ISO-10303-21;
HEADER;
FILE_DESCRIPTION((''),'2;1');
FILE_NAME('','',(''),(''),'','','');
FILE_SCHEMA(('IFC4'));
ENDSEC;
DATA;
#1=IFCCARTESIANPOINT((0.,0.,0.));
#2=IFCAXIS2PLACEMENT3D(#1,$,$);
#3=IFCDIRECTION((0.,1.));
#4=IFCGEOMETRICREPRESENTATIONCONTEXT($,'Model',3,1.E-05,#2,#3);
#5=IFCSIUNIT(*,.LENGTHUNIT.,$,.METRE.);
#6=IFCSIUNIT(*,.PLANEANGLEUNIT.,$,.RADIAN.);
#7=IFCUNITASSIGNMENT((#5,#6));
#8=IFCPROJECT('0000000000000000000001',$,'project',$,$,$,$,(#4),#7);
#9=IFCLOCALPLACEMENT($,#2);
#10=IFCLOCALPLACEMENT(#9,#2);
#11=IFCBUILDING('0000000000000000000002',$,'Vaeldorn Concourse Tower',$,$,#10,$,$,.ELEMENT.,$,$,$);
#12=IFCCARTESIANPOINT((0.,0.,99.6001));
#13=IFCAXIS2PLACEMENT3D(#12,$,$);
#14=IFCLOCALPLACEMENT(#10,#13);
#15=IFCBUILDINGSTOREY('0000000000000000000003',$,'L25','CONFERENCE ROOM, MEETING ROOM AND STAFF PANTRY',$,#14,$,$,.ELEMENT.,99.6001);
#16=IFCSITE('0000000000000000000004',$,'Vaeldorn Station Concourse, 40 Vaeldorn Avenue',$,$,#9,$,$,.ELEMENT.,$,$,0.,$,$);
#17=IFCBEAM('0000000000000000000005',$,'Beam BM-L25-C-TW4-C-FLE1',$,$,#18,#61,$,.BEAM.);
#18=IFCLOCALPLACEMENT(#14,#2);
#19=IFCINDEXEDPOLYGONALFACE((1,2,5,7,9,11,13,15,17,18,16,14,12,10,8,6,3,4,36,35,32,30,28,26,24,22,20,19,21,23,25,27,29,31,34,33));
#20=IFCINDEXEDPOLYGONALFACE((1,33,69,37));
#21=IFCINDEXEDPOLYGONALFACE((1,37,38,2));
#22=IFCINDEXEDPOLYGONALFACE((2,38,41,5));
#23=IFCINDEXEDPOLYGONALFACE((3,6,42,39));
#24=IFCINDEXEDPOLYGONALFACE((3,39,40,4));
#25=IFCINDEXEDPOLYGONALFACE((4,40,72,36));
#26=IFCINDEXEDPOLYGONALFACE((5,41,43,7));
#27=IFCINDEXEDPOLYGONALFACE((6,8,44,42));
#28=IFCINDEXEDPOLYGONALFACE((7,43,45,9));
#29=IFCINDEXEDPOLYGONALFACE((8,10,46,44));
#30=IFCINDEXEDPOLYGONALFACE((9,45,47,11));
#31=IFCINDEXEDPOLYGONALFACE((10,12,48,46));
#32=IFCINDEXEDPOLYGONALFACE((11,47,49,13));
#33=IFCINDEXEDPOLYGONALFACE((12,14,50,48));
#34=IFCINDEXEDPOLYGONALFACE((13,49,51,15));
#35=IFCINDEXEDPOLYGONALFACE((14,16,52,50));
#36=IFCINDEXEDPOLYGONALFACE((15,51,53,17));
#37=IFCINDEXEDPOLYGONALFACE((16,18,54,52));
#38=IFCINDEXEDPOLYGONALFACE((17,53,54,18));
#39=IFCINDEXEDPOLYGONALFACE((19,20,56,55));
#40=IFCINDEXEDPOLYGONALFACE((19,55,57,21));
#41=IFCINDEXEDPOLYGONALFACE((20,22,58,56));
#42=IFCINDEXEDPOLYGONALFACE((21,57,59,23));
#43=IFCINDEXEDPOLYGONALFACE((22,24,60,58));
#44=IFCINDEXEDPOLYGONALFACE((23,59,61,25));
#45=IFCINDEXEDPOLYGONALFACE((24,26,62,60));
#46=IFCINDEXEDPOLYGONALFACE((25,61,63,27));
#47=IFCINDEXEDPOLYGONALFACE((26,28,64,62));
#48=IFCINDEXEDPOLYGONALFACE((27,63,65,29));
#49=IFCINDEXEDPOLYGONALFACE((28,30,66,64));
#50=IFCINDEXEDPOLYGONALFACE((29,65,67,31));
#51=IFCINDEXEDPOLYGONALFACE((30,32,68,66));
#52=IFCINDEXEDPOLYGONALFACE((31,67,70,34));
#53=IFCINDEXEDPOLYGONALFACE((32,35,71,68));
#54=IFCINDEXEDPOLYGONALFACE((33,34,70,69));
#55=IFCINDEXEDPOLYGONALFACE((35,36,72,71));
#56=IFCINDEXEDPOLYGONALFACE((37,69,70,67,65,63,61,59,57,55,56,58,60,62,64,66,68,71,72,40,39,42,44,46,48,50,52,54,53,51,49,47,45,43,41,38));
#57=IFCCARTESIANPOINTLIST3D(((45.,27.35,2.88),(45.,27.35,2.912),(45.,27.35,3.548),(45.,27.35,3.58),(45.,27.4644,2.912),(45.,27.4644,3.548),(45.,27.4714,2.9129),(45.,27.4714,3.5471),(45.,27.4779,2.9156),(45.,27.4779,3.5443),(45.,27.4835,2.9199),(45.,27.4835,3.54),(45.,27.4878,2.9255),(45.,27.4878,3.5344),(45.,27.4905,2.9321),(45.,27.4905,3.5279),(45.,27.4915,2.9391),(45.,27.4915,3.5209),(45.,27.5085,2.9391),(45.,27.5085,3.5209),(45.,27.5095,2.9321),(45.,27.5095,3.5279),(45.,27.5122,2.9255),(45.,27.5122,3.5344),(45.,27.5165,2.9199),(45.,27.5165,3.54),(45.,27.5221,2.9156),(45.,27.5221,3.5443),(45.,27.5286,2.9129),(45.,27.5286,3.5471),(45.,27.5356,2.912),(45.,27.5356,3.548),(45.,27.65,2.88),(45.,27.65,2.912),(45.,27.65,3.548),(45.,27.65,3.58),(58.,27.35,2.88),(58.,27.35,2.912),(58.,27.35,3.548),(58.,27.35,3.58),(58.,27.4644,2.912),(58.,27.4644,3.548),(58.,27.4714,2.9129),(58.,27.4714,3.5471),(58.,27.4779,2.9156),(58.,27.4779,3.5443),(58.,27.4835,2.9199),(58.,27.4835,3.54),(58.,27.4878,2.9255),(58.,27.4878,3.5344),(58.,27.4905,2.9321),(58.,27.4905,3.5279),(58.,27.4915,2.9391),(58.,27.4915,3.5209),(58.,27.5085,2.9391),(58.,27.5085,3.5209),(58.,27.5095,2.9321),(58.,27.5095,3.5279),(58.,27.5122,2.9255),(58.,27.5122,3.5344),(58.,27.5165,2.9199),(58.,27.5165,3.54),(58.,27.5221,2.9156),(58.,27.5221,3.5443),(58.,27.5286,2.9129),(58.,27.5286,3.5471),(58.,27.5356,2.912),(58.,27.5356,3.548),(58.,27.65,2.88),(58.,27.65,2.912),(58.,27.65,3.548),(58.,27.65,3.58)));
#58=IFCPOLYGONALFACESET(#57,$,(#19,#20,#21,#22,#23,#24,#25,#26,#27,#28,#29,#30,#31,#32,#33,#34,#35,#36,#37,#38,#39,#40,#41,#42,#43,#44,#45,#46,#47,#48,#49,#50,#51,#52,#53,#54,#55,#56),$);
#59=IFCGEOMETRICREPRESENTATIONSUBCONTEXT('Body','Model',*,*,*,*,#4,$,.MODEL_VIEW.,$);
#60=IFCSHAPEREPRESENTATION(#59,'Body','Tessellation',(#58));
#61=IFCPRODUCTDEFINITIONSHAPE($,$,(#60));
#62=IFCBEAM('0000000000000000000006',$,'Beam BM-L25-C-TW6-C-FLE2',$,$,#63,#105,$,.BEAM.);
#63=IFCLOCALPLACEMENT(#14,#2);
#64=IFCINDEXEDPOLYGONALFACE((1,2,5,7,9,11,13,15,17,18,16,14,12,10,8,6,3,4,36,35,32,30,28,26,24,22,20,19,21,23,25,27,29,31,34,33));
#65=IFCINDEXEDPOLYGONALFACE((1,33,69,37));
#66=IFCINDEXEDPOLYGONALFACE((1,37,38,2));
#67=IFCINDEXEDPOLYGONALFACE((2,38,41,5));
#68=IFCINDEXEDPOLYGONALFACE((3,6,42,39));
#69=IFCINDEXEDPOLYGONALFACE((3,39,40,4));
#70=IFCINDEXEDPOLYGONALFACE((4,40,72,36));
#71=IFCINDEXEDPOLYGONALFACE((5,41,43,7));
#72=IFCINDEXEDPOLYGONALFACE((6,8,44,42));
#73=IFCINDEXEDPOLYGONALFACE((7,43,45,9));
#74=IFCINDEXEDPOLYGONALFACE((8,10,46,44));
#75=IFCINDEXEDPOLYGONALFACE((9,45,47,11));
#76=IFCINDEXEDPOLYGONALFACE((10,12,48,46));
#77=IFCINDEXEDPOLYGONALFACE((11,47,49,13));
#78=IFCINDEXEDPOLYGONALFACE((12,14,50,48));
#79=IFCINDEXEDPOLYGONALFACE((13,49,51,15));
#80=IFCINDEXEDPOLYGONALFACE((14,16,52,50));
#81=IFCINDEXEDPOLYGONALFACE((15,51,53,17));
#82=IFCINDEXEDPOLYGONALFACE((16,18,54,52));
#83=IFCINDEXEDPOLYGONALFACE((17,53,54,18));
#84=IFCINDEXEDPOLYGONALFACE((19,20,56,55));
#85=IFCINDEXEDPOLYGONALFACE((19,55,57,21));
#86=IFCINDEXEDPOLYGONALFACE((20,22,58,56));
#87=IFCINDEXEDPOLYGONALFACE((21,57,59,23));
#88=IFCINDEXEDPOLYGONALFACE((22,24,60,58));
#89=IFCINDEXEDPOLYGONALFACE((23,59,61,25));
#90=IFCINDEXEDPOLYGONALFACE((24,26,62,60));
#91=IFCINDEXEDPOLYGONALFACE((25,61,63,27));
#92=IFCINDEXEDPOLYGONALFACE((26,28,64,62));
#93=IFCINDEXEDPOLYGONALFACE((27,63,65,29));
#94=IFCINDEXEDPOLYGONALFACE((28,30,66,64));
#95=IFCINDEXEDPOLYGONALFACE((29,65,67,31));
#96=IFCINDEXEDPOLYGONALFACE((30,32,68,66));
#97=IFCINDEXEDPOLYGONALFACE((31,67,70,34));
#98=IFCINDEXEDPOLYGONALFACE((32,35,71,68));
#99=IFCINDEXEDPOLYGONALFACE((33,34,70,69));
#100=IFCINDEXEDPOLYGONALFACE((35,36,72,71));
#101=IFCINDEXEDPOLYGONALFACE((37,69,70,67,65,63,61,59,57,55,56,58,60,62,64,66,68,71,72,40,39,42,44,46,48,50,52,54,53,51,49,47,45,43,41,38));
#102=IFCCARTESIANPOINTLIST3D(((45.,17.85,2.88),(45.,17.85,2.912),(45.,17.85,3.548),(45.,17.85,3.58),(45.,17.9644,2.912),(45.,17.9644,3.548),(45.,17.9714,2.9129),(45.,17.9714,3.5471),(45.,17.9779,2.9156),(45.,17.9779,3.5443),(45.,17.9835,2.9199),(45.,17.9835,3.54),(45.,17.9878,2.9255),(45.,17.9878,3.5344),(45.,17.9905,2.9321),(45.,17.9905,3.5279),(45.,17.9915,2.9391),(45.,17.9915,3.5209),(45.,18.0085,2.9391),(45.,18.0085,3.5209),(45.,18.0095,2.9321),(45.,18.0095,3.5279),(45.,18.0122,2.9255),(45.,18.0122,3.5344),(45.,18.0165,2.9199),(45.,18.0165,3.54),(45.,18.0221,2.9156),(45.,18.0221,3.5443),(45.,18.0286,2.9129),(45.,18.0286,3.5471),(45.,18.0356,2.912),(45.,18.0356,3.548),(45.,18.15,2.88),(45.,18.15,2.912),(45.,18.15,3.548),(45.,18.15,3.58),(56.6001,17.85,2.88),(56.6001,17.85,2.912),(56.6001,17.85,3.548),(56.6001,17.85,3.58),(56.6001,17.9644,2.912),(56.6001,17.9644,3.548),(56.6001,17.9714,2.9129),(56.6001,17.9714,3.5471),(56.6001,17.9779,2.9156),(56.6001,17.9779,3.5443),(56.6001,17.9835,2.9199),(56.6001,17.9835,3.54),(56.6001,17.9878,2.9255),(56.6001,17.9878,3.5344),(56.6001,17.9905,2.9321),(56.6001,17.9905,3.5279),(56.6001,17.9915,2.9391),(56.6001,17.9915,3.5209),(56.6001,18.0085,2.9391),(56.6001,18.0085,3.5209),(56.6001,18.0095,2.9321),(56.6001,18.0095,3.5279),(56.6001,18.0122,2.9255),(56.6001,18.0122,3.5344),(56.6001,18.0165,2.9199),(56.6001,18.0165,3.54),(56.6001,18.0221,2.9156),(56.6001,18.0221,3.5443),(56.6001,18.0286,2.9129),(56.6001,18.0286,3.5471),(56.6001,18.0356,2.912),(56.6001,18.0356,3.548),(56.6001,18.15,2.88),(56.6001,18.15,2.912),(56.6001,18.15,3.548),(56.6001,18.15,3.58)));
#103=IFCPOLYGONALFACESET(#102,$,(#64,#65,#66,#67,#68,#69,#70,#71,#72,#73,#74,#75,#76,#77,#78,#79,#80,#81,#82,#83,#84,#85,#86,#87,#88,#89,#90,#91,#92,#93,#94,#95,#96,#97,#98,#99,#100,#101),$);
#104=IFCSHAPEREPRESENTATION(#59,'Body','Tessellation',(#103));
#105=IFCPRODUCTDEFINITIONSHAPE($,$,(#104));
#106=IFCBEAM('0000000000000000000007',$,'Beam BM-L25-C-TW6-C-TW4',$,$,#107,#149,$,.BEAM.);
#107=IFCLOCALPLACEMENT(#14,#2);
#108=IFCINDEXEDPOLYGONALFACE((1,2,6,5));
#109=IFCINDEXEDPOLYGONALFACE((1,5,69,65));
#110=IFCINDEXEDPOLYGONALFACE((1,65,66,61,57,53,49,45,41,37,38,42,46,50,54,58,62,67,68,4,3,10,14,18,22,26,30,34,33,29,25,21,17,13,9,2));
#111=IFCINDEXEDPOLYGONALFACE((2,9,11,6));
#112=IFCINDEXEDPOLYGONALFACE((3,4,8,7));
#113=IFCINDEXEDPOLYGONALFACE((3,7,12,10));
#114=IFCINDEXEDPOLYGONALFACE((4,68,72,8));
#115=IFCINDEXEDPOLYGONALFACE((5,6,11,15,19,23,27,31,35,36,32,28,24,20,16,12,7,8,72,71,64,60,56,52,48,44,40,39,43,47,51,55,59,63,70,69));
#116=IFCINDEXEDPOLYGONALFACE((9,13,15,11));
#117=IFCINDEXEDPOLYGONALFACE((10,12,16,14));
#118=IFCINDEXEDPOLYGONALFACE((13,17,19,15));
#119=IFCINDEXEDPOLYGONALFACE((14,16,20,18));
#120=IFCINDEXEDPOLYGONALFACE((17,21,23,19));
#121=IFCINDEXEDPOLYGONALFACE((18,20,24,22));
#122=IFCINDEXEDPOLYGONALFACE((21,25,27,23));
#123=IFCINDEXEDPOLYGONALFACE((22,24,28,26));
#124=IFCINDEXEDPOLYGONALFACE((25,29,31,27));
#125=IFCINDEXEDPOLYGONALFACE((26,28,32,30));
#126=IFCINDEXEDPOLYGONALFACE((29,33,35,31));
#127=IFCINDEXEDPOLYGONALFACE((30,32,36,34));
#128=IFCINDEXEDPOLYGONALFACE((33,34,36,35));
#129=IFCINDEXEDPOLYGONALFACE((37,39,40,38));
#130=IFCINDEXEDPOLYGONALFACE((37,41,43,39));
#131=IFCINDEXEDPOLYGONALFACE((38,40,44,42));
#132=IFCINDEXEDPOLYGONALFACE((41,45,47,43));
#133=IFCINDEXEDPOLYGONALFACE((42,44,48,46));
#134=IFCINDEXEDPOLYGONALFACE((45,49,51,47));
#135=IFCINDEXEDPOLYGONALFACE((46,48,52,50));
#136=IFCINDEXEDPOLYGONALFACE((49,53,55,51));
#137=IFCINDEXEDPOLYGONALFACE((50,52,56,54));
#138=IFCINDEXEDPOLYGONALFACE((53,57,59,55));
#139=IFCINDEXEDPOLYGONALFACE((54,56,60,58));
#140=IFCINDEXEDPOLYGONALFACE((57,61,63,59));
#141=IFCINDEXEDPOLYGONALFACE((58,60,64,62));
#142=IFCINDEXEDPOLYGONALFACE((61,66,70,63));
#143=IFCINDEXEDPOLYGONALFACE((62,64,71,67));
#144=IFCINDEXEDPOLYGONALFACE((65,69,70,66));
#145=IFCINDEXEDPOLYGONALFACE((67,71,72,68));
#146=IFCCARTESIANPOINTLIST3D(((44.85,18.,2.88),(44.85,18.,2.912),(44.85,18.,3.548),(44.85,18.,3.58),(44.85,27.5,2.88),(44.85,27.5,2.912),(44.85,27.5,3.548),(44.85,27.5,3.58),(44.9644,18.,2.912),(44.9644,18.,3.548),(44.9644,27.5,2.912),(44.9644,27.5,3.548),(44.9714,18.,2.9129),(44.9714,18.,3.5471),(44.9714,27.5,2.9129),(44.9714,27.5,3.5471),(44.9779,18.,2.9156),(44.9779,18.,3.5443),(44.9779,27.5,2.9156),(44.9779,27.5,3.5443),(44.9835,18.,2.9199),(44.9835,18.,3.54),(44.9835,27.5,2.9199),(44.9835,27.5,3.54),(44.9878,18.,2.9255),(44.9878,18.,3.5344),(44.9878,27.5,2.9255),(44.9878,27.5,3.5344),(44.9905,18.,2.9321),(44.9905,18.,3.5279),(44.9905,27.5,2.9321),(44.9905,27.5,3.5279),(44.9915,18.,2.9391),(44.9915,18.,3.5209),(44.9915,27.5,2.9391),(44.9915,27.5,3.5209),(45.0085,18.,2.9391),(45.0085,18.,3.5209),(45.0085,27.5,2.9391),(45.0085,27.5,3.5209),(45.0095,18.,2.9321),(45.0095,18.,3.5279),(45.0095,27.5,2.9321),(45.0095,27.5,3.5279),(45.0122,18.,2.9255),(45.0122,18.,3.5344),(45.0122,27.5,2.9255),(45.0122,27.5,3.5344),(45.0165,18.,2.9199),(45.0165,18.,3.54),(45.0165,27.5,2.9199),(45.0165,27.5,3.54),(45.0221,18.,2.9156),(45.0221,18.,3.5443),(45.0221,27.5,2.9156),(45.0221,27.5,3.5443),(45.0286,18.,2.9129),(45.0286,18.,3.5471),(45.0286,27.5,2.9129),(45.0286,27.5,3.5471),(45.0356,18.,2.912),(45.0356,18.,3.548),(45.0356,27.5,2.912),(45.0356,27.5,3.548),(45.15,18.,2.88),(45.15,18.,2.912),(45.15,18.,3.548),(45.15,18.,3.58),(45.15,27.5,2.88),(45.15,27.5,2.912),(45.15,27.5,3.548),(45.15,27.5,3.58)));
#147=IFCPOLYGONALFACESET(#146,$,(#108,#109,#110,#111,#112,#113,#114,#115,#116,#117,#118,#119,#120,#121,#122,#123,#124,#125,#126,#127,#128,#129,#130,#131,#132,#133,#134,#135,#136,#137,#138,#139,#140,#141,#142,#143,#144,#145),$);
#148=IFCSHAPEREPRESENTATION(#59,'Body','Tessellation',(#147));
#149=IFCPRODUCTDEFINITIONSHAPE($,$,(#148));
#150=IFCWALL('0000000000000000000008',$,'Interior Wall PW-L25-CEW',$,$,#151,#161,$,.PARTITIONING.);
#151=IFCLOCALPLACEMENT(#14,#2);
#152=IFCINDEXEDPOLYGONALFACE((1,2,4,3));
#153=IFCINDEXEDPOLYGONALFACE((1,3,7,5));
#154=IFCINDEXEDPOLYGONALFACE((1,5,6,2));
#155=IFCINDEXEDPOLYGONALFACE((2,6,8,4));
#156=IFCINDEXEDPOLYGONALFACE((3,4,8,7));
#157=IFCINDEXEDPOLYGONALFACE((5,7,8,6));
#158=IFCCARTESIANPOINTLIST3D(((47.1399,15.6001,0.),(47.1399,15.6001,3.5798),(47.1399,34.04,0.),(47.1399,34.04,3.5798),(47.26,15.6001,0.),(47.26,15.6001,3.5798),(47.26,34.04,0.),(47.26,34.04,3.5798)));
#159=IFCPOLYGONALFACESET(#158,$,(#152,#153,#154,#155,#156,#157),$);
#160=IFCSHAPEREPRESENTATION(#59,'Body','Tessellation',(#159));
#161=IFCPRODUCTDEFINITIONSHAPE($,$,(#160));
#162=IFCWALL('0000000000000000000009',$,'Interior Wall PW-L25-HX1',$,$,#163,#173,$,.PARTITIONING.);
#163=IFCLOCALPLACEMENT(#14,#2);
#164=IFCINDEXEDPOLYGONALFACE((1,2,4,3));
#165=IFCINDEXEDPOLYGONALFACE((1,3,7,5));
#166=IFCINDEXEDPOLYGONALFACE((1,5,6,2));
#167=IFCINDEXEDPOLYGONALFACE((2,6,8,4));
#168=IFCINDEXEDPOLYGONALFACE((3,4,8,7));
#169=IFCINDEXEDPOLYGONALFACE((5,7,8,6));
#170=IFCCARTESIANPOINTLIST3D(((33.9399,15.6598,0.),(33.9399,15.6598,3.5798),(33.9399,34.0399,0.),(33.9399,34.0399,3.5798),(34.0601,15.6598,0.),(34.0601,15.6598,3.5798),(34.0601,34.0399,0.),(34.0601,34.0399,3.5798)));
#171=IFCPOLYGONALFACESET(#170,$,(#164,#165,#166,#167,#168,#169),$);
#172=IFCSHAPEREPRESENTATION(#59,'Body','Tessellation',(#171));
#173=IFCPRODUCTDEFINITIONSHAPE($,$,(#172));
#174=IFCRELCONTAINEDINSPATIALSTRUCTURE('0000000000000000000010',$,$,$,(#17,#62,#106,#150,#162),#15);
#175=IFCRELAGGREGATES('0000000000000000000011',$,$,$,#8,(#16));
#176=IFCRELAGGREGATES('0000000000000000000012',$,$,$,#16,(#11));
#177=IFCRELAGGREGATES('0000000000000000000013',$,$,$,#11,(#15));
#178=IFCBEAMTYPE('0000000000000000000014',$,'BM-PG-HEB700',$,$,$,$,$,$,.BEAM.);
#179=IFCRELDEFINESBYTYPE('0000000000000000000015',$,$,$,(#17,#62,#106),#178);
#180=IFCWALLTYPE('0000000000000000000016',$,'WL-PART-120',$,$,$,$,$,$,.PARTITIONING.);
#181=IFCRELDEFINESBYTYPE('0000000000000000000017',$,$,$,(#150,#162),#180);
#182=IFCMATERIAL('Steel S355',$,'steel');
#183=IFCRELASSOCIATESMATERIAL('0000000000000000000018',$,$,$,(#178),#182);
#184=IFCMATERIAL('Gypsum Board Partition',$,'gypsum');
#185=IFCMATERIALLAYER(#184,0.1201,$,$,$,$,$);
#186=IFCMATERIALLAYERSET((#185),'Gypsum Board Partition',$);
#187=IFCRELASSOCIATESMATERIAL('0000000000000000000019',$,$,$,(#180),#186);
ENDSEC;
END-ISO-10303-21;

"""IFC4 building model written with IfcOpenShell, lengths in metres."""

from ifc_helpers import new_model, si_unit, direction, frame, frame_2d, origin, origin_2d, place, context, subcontext, project, spatial, rectangle, i_section, extrude, source, transform, mapped, material, layer, layer_set, material_profile, profile_set, type_object, element, save


model = new_model("IFC4")

# Units and contexts
model_context = context("Model", 3, precision=1e-05, world=origin(), true_north=direction((0.0, 1.0)))
body_context = subcontext(model_context, "Body", "Model", "MODEL_VIEW")
ifc_project = project(units=[si_unit("LENGTHUNIT", "METRE"), si_unit("PLANEANGLEUNIT", "RADIAN")], contexts=[model_context])

# Site, building, storey
site_placement = place(None, origin())
site = spatial("IfcSite", under=ifc_project, at=site_placement, Name="Vaeldorn Station Concourse, 40 Vaeldorn Avenue", CompositionType="ELEMENT", RefElevation=0.0)
building_placement = place(site_placement, origin())
building = spatial("IfcBuilding", under=site, at=building_placement, Name="Vaeldorn Concourse Tower", CompositionType="ELEMENT")
storey_placement = place(building_placement, frame((0.0, 0.0, 99.6001)))
storey = spatial("IfcBuildingStorey", under=building, at=storey_placement, Name="L25", Description="CONFERENCE ROOM, MEETING ROOM AND STAFF PANTRY", CompositionType="ELEMENT", Elevation=99.6001)

# Beams
ifc_material_1 = material(Name="Steel S355", Category="steel")
ifc_material_profile_1 = material_profile(ifc_material_1, i_section(OverallWidth=0.3, OverallDepth=0.7, WebThickness=0.0171, FlangeThickness=0.032, FilletRadius=0.0271, at=origin_2d()), Name="HEB 700")
ifc_profile_set_1 = profile_set([ifc_material_profile_1], Name="Steel S355")
beam_type_1 = type_object("IfcBeamType", Name="BM-PG-HEB700", PredefinedType="BEAM", material=ifc_profile_set_1)
shared_shape_1 = source(origin(), body_context, "Body", "SweptSolid", [
    extrude(i_section(OverallWidth=0.3, OverallDepth=0.7, WebThickness=0.0171, FlangeThickness=0.032, FilletRadius=0.0271, at=origin_2d()), origin(), (0.0, 0.0, 1.0), 13.0),
])
beam_1_placement = place(storey_placement, frame((45.0, 27.5, 3.23), z_axis=(1.0, 0.0, 0.0), x_axis=(0.0, 1.0, 0.0)))
element("IfcBeam", 1, at=beam_1_placement, inside=storey, type_object=beam_type_1, Name="Beam BM-L25-C-TW4-C-FLE1", PredefinedType="BEAM", context=body_context, shape_type="MappedRepresentation", body=[
    mapped(shared_shape_1, transform((0.0, 0.0, 0.0), scale=1.0)),
])
shared_shape_2 = source(origin(), body_context, "Body", "SweptSolid", [
    extrude(i_section(OverallWidth=0.3, OverallDepth=0.7, WebThickness=0.0171, FlangeThickness=0.032, FilletRadius=0.0271, at=origin_2d()), origin(), (0.0, 0.0, 1.0), 11.6001),
])
beam_2_placement = place(storey_placement, frame((45.0, 18.0, 3.23), z_axis=(1.0, 0.0, 0.0), x_axis=(0.0, 1.0, 0.0)))
element("IfcBeam", 2, at=beam_2_placement, inside=storey, type_object=beam_type_1, Name="Beam BM-L25-C-TW6-C-FLE2", PredefinedType="BEAM", context=body_context, shape_type="MappedRepresentation", body=[
    mapped(shared_shape_2, transform((0.0, 0.0, 0.0), scale=1.0)),
])
shared_shape_3 = source(origin(), body_context, "Body", "SweptSolid", [
    extrude(i_section(OverallWidth=0.3, OverallDepth=0.7, WebThickness=0.0171, FlangeThickness=0.032, FilletRadius=0.0271, at=origin_2d()), origin(), (0.0, 0.0, 1.0), 9.5),
])
beam_3_placement = place(storey_placement, frame((45.0, 18.0, 3.23), z_axis=(0.0, 1.0, 0.0), x_axis=(-1.0, 0.0, 0.0)))
element("IfcBeam", 3, at=beam_3_placement, inside=storey, type_object=beam_type_1, Name="Beam BM-L25-C-TW6-C-TW4", PredefinedType="BEAM", context=body_context, shape_type="MappedRepresentation", body=[
    mapped(shared_shape_3, transform((0.0, 0.0, 0.0), scale=1.0)),
])

# Wall
ifc_material_2 = material(Name="Gypsum Board Partition", Category="gypsum")
ifc_layer = layer(ifc_material_2, 0.1201)
ifc_layer_set = layer_set([ifc_layer], Name="Gypsum Board Partition")
wall_type = type_object("IfcWallType", Name="WL-PART-120", PredefinedType="PARTITIONING", material=ifc_layer_set)
wall_1_placement = place(storey_placement, frame((47.2, 15.6001, 0.0), z_axis=(0.0, 0.0, 1.0), x_axis=(0.0, 1.0, 0.0)))
element("IfcWall", 4, at=wall_1_placement, inside=storey, type_object=wall_type, Name="Interior Wall PW-L25-CEW", PredefinedType="PARTITIONING", context=body_context, shape_type="SweptSolid", body=[
    extrude(rectangle(XDim=18.4399, YDim=0.1201, at=frame_2d((9.22, 0.0))), origin(), (0.0, 0.0, 1.0), 3.5798),
])

# Wall
wall_2_placement = place(storey_placement, frame((34.0, 15.6599, 0.0), z_axis=(0.0, 0.0, 1.0), x_axis=(0.0, 1.0, 0.0)))
element("IfcWall", 5, at=wall_2_placement, inside=storey, type_object=wall_type, Name="Interior Wall PW-L25-HX1", PredefinedType="PARTITIONING", context=body_context, shape_type="SweptSolid", body=[
    extrude(rectangle(XDim=18.3801, YDim=0.1201, at=frame_2d((9.1899, 0.0))), origin(), (0.0, 0.0, 1.0), 3.5798),
])

save(model, "model.ifc")
